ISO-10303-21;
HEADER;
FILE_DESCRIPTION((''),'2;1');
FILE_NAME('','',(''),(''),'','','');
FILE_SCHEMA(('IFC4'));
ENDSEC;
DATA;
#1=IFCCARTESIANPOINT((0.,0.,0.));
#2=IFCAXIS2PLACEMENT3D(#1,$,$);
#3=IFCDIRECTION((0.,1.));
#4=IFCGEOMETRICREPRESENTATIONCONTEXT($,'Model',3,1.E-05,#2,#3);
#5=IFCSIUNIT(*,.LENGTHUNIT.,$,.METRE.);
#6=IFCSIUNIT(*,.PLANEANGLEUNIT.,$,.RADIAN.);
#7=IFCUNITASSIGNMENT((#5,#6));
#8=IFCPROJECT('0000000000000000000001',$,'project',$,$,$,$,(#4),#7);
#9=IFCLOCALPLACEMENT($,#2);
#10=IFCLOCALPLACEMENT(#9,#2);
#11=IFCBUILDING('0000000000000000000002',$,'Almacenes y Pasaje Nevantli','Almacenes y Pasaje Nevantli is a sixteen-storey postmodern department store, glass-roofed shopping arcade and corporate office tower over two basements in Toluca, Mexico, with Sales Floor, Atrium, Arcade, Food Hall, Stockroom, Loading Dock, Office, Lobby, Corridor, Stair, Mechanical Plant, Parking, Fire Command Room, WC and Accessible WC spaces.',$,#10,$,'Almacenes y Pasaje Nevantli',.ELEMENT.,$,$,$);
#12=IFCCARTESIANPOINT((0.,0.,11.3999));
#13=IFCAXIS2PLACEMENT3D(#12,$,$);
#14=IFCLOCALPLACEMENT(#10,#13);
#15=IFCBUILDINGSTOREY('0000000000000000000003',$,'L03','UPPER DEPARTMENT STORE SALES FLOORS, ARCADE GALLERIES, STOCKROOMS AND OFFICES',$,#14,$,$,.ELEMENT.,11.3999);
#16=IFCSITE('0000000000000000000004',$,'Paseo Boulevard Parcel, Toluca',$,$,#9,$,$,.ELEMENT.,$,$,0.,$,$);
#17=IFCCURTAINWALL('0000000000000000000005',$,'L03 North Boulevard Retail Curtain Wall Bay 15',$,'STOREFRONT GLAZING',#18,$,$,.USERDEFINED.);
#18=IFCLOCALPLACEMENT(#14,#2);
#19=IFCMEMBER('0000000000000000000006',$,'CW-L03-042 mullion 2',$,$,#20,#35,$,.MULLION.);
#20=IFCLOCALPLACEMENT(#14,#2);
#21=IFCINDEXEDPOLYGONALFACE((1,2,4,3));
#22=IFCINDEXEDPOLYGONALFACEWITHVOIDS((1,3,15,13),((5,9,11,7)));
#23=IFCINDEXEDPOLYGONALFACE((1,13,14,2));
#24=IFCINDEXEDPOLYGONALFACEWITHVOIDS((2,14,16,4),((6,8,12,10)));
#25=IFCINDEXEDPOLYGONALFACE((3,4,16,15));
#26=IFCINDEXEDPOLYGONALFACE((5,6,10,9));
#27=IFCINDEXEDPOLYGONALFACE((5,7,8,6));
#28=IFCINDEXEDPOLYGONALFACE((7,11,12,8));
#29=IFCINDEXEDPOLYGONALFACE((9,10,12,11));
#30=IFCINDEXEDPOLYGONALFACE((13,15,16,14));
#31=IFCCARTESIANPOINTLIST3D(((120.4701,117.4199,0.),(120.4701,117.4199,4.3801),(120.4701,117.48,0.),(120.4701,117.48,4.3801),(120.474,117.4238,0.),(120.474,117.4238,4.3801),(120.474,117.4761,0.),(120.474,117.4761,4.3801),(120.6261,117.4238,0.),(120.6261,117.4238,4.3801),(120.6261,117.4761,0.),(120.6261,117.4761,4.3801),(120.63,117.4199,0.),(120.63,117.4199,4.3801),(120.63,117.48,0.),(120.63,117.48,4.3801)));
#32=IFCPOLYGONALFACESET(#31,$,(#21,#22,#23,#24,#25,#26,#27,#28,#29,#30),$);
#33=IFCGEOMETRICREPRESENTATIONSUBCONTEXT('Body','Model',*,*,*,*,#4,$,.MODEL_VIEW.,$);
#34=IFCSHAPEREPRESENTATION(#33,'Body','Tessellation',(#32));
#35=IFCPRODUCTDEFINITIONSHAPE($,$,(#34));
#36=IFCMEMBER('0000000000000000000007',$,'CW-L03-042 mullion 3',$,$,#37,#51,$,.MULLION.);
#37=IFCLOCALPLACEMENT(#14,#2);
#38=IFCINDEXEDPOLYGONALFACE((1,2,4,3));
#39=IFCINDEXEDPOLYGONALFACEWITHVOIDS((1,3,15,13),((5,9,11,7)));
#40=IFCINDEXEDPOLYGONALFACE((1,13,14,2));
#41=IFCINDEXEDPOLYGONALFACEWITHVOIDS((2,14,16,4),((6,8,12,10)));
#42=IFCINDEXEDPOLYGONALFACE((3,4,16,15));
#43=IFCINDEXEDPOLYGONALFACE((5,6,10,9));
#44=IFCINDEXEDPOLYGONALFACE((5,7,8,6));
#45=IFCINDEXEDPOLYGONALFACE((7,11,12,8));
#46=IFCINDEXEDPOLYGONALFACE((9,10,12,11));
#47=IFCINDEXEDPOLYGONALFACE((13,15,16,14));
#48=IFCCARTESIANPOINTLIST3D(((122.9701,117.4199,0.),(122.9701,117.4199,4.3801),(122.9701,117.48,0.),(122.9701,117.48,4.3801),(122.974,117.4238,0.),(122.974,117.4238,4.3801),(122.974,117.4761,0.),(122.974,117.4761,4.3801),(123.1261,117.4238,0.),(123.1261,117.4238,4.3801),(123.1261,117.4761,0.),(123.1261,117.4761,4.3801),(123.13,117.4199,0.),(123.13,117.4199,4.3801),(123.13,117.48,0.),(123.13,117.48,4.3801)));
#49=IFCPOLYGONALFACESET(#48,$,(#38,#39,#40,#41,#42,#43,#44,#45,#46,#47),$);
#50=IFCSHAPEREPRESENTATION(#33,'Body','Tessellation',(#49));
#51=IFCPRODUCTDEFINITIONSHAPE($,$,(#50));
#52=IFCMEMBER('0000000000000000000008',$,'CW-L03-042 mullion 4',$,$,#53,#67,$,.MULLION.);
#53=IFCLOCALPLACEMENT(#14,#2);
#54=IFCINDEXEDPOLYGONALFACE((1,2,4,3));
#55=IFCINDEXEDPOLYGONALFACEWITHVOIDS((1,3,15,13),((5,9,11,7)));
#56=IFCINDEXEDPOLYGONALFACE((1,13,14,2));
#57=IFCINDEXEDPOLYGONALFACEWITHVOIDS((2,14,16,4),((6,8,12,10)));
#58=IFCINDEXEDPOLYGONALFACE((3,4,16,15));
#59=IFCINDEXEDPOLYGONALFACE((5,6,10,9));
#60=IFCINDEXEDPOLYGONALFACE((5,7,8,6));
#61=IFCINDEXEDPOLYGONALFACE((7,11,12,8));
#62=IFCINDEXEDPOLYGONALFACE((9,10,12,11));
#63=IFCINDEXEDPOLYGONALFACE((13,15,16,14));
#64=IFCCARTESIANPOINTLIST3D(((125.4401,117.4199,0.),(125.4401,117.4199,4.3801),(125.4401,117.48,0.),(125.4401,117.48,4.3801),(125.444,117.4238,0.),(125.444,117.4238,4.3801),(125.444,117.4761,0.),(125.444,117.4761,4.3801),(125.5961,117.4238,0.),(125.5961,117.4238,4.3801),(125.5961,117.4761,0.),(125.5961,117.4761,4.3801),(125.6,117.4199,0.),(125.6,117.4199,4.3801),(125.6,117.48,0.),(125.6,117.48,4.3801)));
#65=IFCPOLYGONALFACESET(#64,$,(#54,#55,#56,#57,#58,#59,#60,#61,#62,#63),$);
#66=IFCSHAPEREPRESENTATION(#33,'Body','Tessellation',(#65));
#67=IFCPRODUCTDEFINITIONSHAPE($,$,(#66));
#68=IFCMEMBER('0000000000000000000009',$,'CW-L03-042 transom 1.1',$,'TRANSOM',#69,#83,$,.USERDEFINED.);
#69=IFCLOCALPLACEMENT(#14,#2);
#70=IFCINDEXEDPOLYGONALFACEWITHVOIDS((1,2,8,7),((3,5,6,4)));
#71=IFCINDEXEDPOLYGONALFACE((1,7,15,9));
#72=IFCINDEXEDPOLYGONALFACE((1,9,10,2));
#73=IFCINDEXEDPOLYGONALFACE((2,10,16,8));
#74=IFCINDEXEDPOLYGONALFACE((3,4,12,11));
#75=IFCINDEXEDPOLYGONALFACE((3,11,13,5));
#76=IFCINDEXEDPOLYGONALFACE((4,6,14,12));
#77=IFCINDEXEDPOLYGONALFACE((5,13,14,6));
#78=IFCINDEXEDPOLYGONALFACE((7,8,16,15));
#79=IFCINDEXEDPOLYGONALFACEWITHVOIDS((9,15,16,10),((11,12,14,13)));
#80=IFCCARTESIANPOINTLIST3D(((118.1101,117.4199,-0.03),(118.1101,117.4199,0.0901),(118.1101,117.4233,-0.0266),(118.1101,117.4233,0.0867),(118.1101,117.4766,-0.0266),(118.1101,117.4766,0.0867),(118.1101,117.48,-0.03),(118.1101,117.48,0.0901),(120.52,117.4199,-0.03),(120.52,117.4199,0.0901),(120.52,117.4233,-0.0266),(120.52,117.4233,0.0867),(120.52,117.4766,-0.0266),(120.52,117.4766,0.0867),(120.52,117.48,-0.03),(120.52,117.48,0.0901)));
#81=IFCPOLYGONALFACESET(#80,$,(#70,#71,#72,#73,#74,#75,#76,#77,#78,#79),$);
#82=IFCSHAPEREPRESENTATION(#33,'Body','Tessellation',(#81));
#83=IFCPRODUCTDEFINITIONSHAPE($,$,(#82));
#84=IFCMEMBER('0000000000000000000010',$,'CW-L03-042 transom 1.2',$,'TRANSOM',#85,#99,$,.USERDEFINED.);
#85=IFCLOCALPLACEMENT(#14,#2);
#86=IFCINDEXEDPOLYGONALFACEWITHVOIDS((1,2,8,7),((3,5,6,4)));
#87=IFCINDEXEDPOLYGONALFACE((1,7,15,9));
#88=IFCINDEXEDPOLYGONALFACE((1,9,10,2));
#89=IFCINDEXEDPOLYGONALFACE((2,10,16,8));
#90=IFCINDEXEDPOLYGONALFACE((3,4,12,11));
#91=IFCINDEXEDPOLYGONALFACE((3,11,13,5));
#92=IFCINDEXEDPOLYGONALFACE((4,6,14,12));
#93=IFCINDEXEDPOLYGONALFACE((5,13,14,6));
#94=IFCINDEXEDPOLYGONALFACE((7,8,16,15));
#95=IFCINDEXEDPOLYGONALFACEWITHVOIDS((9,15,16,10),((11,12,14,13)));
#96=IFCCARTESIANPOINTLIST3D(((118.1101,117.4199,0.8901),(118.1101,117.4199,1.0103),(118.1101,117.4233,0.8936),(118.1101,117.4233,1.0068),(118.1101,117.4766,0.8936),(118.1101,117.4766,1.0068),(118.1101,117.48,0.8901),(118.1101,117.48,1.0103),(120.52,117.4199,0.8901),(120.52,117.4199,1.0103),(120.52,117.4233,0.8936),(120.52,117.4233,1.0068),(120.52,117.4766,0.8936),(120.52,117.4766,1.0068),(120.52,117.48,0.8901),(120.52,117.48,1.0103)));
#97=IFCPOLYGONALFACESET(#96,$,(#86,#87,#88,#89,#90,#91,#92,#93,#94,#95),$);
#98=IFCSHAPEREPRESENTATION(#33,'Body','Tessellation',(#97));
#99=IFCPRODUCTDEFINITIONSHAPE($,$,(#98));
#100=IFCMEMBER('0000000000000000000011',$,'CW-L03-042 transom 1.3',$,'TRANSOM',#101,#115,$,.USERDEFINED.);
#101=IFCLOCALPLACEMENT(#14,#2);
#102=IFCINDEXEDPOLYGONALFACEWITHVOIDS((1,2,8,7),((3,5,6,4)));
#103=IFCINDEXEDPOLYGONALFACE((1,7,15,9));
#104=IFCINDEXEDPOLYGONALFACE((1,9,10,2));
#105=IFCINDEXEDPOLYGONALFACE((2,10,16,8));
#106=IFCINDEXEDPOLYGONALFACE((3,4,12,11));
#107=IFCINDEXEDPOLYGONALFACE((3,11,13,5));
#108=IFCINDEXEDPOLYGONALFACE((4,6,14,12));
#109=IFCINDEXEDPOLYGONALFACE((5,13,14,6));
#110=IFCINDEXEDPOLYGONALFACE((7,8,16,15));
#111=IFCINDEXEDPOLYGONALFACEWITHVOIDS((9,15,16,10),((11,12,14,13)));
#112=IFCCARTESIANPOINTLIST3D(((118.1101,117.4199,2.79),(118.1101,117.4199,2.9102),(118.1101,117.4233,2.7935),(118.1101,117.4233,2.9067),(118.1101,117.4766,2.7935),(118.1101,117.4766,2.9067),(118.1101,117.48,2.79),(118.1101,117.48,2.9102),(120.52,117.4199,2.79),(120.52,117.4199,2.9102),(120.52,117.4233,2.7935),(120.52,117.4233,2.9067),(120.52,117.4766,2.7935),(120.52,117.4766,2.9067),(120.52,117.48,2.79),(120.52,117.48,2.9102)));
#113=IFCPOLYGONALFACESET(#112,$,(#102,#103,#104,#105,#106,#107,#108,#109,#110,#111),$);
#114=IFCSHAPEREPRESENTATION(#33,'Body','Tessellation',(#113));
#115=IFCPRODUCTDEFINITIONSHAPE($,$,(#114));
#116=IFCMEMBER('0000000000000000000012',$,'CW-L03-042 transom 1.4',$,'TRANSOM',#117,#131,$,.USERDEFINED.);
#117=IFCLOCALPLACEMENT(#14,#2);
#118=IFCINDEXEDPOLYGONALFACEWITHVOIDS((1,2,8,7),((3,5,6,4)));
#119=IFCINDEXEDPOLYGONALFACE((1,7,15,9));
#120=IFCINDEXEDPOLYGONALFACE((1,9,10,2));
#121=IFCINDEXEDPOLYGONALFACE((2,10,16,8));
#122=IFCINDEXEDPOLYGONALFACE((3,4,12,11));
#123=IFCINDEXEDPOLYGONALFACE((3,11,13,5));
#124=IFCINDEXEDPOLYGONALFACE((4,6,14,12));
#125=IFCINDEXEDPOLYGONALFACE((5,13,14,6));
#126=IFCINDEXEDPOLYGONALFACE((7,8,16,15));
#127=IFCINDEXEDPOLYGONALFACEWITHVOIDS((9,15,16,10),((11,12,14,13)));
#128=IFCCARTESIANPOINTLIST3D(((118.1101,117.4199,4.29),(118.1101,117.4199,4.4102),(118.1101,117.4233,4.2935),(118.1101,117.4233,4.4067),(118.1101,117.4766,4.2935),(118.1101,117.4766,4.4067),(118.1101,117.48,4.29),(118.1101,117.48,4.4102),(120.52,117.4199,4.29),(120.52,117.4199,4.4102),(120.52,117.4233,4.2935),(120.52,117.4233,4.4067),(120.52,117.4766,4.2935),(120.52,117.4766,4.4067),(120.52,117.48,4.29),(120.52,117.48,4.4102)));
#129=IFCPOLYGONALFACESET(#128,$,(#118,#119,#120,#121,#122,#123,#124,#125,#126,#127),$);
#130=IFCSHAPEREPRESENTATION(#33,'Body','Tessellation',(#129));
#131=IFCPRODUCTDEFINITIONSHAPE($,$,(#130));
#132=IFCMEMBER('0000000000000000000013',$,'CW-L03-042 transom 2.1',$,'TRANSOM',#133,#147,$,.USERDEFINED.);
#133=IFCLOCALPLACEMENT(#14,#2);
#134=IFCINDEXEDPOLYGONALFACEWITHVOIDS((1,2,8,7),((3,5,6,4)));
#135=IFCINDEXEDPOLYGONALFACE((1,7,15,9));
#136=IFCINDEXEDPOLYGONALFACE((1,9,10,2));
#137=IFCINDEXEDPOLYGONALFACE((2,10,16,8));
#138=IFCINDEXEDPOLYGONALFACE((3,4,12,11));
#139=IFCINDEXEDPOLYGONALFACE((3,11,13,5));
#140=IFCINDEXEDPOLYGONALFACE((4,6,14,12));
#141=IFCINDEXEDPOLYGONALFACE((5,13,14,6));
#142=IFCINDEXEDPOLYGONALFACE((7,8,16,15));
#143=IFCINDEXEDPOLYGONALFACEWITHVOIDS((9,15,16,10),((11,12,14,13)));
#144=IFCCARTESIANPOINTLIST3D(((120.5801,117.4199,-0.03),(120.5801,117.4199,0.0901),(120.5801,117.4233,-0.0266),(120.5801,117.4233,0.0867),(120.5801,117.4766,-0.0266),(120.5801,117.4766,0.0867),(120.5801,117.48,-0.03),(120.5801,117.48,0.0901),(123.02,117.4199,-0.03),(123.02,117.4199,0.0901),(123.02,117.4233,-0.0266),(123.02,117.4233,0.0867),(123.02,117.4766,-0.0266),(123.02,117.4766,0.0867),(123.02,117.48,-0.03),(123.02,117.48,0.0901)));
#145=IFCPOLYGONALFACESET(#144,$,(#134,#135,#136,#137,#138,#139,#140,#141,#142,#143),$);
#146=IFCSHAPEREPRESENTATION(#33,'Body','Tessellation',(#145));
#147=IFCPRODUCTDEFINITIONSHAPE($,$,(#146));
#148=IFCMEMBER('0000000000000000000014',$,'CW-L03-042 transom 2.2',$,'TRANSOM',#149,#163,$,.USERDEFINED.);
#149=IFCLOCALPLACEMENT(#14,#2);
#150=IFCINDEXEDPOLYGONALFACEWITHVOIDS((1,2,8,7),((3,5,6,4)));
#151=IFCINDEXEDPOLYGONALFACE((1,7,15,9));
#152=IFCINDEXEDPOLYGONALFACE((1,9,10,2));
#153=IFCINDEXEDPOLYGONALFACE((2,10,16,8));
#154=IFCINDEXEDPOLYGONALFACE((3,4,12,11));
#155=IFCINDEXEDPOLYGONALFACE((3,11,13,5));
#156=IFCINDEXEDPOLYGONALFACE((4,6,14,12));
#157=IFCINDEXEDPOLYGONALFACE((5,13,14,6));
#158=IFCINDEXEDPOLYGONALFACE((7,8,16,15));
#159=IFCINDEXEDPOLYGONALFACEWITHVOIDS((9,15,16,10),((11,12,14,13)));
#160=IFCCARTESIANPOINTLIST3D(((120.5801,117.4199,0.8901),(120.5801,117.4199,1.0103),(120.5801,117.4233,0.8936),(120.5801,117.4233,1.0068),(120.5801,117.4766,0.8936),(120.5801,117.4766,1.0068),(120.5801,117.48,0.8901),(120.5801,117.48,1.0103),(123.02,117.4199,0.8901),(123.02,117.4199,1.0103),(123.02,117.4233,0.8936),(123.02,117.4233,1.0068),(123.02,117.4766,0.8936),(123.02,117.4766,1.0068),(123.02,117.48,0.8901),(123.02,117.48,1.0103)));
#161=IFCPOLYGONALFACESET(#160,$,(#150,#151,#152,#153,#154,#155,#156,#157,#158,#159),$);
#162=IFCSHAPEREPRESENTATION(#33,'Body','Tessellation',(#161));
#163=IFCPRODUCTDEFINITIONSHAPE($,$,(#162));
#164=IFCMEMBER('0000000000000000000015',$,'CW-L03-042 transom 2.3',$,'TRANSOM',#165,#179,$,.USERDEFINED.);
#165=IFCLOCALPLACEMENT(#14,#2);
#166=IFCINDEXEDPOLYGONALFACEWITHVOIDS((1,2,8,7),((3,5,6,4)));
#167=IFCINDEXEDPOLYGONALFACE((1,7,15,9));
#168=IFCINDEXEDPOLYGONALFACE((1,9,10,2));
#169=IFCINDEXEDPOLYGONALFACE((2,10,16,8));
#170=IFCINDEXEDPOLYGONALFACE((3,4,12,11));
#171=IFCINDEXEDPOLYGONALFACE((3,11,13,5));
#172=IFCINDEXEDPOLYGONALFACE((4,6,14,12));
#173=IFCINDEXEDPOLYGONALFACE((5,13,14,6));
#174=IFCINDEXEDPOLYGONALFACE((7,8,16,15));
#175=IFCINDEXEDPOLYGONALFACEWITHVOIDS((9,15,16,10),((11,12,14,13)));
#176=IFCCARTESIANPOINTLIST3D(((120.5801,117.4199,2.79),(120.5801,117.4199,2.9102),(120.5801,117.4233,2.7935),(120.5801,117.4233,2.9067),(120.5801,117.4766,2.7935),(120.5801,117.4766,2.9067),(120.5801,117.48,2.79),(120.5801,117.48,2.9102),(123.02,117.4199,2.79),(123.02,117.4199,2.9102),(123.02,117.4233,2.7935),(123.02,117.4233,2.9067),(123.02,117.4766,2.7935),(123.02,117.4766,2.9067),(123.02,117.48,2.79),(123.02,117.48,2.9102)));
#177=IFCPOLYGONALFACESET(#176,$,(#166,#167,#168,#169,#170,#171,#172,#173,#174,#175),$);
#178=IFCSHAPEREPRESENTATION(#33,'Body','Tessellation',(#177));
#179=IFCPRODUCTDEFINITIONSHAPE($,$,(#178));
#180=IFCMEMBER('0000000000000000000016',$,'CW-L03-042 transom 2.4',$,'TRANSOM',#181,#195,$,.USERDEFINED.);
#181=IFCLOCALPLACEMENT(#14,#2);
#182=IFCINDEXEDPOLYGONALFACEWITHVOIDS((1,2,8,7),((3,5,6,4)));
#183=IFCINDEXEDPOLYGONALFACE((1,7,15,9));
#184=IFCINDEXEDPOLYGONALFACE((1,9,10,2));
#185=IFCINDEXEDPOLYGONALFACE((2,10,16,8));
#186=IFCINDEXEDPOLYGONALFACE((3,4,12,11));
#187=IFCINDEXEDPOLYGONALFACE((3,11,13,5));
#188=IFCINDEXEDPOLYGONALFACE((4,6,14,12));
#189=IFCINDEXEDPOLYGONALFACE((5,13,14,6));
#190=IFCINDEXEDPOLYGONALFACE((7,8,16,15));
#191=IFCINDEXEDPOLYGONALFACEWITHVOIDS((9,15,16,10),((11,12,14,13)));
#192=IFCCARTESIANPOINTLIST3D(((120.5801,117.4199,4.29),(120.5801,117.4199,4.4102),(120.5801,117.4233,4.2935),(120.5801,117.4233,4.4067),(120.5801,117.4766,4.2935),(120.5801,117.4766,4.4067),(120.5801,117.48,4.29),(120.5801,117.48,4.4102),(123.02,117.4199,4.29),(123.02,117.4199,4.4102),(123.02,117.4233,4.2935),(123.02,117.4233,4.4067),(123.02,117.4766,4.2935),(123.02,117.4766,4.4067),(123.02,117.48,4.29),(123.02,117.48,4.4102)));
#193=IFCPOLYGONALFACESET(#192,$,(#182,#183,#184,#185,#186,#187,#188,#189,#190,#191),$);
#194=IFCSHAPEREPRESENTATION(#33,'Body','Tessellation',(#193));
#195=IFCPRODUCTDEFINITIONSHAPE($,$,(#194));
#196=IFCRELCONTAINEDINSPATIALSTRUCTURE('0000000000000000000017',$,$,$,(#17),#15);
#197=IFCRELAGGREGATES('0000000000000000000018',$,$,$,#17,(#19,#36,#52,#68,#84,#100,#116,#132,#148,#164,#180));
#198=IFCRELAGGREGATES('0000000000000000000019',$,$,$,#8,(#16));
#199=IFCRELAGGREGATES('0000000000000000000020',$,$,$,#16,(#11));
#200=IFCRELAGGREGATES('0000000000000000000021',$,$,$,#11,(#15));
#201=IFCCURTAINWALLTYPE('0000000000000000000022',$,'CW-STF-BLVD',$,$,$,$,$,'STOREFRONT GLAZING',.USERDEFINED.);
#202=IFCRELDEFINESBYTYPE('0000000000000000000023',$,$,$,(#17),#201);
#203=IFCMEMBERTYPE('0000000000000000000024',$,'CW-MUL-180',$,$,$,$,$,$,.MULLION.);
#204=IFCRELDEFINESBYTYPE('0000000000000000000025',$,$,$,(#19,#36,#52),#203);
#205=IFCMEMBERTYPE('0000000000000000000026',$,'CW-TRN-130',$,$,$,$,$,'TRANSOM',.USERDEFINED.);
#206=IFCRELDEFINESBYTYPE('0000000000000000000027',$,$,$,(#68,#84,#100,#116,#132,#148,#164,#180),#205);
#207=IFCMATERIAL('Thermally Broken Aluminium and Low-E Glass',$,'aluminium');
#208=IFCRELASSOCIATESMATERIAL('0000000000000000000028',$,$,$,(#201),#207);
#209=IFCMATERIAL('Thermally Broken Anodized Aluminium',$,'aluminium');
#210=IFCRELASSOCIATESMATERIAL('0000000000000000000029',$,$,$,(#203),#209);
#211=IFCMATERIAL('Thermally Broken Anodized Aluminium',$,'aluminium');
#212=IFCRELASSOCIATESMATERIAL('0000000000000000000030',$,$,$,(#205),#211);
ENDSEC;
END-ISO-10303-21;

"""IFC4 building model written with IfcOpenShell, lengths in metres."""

from ifc_helpers import new_model, si_unit, direction, frame, origin, origin_2d, place, context, subcontext, project, spatial, hollow_rectangle, extrude, material, material_profile, profile_set, type_object, element, aggregate, save


model = new_model("IFC4")

# Units and contexts
model_context = context("Model", 3, precision=1e-05, world=origin(), true_north=direction((0.0, 1.0)))
body_context = subcontext(model_context, "Body", "Model", "MODEL_VIEW")
ifc_project = project(units=[si_unit("LENGTHUNIT", "METRE"), si_unit("PLANEANGLEUNIT", "RADIAN")], contexts=[model_context])

# Site, building, storey
site_placement = place(None, origin())
site = spatial("IfcSite", under=ifc_project, at=site_placement, Name="Paseo Boulevard Parcel, Toluca", CompositionType="ELEMENT", RefElevation=0.0)
building_placement = place(site_placement, origin())
building = spatial("IfcBuilding", under=site, at=building_placement, Name="Almacenes y Pasaje Nevantli", Description="Almacenes y Pasaje Nevantli is a sixteen-storey postmodern department store, glass-roofed shopping arcade and corporate office tower over two basements in Toluca, Mexico, with Sales Floor, Atrium, Arcade, Food Hall, Stockroom, Loading Dock, Office, Lobby, Corridor, Stair, Mechanical Plant, Parking, Fire Command Room, WC and Accessible WC spaces.", LongName="Almacenes y Pasaje Nevantli", CompositionType="ELEMENT")
storey_placement = place(building_placement, frame((0.0, 0.0, 11.3999)))
storey = spatial("IfcBuildingStorey", under=building, at=storey_placement, Name="L03", Description="UPPER DEPARTMENT STORE SALES FLOORS, ARCADE GALLERIES, STOCKROOMS AND OFFICES", CompositionType="ELEMENT", Elevation=11.3999)

# Curtain wall, members
ifc_material_1 = material(Name="Thermally Broken Aluminium and Low-E Glass", Category="aluminium")
curtain_wall_type = type_object("IfcCurtainWallType", Name="CW-STF-BLVD", ElementType="STOREFRONT GLAZING", PredefinedType="USERDEFINED", material=ifc_material_1)
curtain_wall_placement = place(storey_placement, origin())
curtain_wall = element("IfcCurtainWall", 1, at=curtain_wall_placement, inside=storey, type_object=curtain_wall_type, Name="L03 North Boulevard Retail Curtain Wall Bay 15", ObjectType="STOREFRONT GLAZING", PredefinedType="USERDEFINED")
ifc_material_2 = material(Name="Thermally Broken Anodized Aluminium", Category="aluminium")
ifc_material_profile_1 = material_profile(ifc_material_2, hollow_rectangle(XDim=0.0601, YDim=0.1599, WallThickness=0.0039, at=origin_2d()), Name="ALU-MUL-60x160")
ifc_profile_set_1 = profile_set([ifc_material_profile_1], Name="Thermally Broken Anodized Aluminium")
member_type_1 = type_object("IfcMemberType", Name="CW-MUL-180", PredefinedType="MULLION", material=ifc_profile_set_1)
member_1_placement = place(storey_placement, frame((120.55, 117.45, 0.0), z_axis=(0.0, 0.0, 1.0), x_axis=(0.0, 1.0, 0.0)))
member_1 = element("IfcMember", 2, at=member_1_placement, type_object=member_type_1, Name="CW-L03-042 mullion 2", PredefinedType="MULLION", context=body_context, shape_type="SweptSolid", body=[
    extrude(hollow_rectangle(XDim=0.0601, YDim=0.1599, WallThickness=0.0039, at=origin_2d()), origin(), (0.0, 0.0, 1.0), 4.3801),
])
member_2_placement = place(storey_placement, frame((123.05, 117.45, 0.0), z_axis=(0.0, 0.0, 1.0), x_axis=(0.0, 1.0, 0.0)))
member_2 = element("IfcMember", 3, at=member_2_placement, type_object=member_type_1, Name="CW-L03-042 mullion 3", PredefinedType="MULLION", context=body_context, shape_type="SweptSolid", body=[
    extrude(hollow_rectangle(XDim=0.0601, YDim=0.1599, WallThickness=0.0039, at=origin_2d()), origin(), (0.0, 0.0, 1.0), 4.3801),
])
member_3_placement = place(storey_placement, frame((125.52, 117.45, 0.0), z_axis=(0.0, 0.0, 1.0), x_axis=(0.0, 1.0, 0.0)))
member_3 = element("IfcMember", 4, at=member_3_placement, type_object=member_type_1, Name="CW-L03-042 mullion 4", PredefinedType="MULLION", context=body_context, shape_type="SweptSolid", body=[
    extrude(hollow_rectangle(XDim=0.0601, YDim=0.1599, WallThickness=0.0039, at=origin_2d()), origin(), (0.0, 0.0, 1.0), 4.3801),
])
ifc_material_3 = material(Name="Thermally Broken Anodized Aluminium", Category="aluminium")
ifc_material_profile_2 = material_profile(ifc_material_3, hollow_rectangle(XDim=0.0601, YDim=0.1201, WallThickness=0.0034, at=origin_2d()), Name="ALU-TRN-60x120")
ifc_profile_set_2 = profile_set([ifc_material_profile_2], Name="Thermally Broken Anodized Aluminium")
member_type_2 = type_object("IfcMemberType", Name="CW-TRN-130", ElementType="TRANSOM", PredefinedType="USERDEFINED", material=ifc_profile_set_2)
member_4_placement = place(storey_placement, frame((118.1101, 117.45, 0.03), z_axis=(1.0, 0.0, 0.0), x_axis=(0.0, 1.0, 0.0)))
member_4 = element("IfcMember", 5, at=member_4_placement, type_object=member_type_2, Name="CW-L03-042 transom 1.1", ObjectType="TRANSOM", PredefinedType="USERDEFINED", context=body_context, shape_type="SweptSolid", body=[
    extrude(hollow_rectangle(XDim=0.0601, YDim=0.1201, WallThickness=0.0034, at=origin_2d()), origin(), (0.0, 0.0, 1.0), 2.4099),
])
member_5_placement = place(storey_placement, frame((118.1101, 117.45, 0.9502), z_axis=(1.0, 0.0, 0.0), x_axis=(0.0, 1.0, 0.0)))
member_5 = element("IfcMember", 6, at=member_5_placement, type_object=member_type_2, Name="CW-L03-042 transom 1.2", ObjectType="TRANSOM", PredefinedType="USERDEFINED", context=body_context, shape_type="SweptSolid", body=[
    extrude(hollow_rectangle(XDim=0.0601, YDim=0.1201, WallThickness=0.0034, at=origin_2d()), origin(), (0.0, 0.0, 1.0), 2.4099),
])
member_6_placement = place(storey_placement, frame((118.1101, 117.45, 2.8501), z_axis=(1.0, 0.0, 0.0), x_axis=(0.0, 1.0, 0.0)))
member_6 = element("IfcMember", 7, at=member_6_placement, type_object=member_type_2, Name="CW-L03-042 transom 1.3", ObjectType="TRANSOM", PredefinedType="USERDEFINED", context=body_context, shape_type="SweptSolid", body=[
    extrude(hollow_rectangle(XDim=0.0601, YDim=0.1201, WallThickness=0.0034, at=origin_2d()), origin(), (0.0, 0.0, 1.0), 2.4099),
])
member_7_placement = place(storey_placement, frame((118.1101, 117.45, 4.3501), z_axis=(1.0, 0.0, 0.0), x_axis=(0.0, 1.0, 0.0)))
member_7 = element("IfcMember", 8, at=member_7_placement, type_object=member_type_2, Name="CW-L03-042 transom 1.4", ObjectType="TRANSOM", PredefinedType="USERDEFINED", context=body_context, shape_type="SweptSolid", body=[
    extrude(hollow_rectangle(XDim=0.0601, YDim=0.1201, WallThickness=0.0034, at=origin_2d()), origin(), (0.0, 0.0, 1.0), 2.4099),
])
member_8_placement = place(storey_placement, frame((120.5801, 117.45, 0.03), z_axis=(1.0, 0.0, 0.0), x_axis=(0.0, 1.0, 0.0)))
member_8 = element("IfcMember", 9, at=member_8_placement, type_object=member_type_2, Name="CW-L03-042 transom 2.1", ObjectType="TRANSOM", PredefinedType="USERDEFINED", context=body_context, shape_type="SweptSolid", body=[
    extrude(hollow_rectangle(XDim=0.0601, YDim=0.1201, WallThickness=0.0034, at=origin_2d()), origin(), (0.0, 0.0, 1.0), 2.4399),
])
member_9_placement = place(storey_placement, frame((120.5801, 117.45, 0.9502), z_axis=(1.0, 0.0, 0.0), x_axis=(0.0, 1.0, 0.0)))
member_9 = element("IfcMember", 10, at=member_9_placement, type_object=member_type_2, Name="CW-L03-042 transom 2.2", ObjectType="TRANSOM", PredefinedType="USERDEFINED", context=body_context, shape_type="SweptSolid", body=[
    extrude(hollow_rectangle(XDim=0.0601, YDim=0.1201, WallThickness=0.0034, at=origin_2d()), origin(), (0.0, 0.0, 1.0), 2.4399),
])
member_10_placement = place(storey_placement, frame((120.5801, 117.45, 2.8501), z_axis=(1.0, 0.0, 0.0), x_axis=(0.0, 1.0, 0.0)))
member_10 = element("IfcMember", 11, at=member_10_placement, type_object=member_type_2, Name="CW-L03-042 transom 2.3", ObjectType="TRANSOM", PredefinedType="USERDEFINED", context=body_context, shape_type="SweptSolid", body=[
    extrude(hollow_rectangle(XDim=0.0601, YDim=0.1201, WallThickness=0.0034, at=origin_2d()), origin(), (0.0, 0.0, 1.0), 2.4399),
])
member_11_placement = place(storey_placement, frame((120.5801, 117.45, 4.3501), z_axis=(1.0, 0.0, 0.0), x_axis=(0.0, 1.0, 0.0)))
member_11 = element("IfcMember", 12, at=member_11_placement, type_object=member_type_2, Name="CW-L03-042 transom 2.4", ObjectType="TRANSOM", PredefinedType="USERDEFINED", context=body_context, shape_type="SweptSolid", body=[
    extrude(hollow_rectangle(XDim=0.0601, YDim=0.1201, WallThickness=0.0034, at=origin_2d()), origin(), (0.0, 0.0, 1.0), 2.4399),
])
aggregate(curtain_wall, [member_1, member_2, member_3, member_4, member_5, member_6, member_7, member_8, member_9, member_10, member_11])

save(model, "model.ifc")
